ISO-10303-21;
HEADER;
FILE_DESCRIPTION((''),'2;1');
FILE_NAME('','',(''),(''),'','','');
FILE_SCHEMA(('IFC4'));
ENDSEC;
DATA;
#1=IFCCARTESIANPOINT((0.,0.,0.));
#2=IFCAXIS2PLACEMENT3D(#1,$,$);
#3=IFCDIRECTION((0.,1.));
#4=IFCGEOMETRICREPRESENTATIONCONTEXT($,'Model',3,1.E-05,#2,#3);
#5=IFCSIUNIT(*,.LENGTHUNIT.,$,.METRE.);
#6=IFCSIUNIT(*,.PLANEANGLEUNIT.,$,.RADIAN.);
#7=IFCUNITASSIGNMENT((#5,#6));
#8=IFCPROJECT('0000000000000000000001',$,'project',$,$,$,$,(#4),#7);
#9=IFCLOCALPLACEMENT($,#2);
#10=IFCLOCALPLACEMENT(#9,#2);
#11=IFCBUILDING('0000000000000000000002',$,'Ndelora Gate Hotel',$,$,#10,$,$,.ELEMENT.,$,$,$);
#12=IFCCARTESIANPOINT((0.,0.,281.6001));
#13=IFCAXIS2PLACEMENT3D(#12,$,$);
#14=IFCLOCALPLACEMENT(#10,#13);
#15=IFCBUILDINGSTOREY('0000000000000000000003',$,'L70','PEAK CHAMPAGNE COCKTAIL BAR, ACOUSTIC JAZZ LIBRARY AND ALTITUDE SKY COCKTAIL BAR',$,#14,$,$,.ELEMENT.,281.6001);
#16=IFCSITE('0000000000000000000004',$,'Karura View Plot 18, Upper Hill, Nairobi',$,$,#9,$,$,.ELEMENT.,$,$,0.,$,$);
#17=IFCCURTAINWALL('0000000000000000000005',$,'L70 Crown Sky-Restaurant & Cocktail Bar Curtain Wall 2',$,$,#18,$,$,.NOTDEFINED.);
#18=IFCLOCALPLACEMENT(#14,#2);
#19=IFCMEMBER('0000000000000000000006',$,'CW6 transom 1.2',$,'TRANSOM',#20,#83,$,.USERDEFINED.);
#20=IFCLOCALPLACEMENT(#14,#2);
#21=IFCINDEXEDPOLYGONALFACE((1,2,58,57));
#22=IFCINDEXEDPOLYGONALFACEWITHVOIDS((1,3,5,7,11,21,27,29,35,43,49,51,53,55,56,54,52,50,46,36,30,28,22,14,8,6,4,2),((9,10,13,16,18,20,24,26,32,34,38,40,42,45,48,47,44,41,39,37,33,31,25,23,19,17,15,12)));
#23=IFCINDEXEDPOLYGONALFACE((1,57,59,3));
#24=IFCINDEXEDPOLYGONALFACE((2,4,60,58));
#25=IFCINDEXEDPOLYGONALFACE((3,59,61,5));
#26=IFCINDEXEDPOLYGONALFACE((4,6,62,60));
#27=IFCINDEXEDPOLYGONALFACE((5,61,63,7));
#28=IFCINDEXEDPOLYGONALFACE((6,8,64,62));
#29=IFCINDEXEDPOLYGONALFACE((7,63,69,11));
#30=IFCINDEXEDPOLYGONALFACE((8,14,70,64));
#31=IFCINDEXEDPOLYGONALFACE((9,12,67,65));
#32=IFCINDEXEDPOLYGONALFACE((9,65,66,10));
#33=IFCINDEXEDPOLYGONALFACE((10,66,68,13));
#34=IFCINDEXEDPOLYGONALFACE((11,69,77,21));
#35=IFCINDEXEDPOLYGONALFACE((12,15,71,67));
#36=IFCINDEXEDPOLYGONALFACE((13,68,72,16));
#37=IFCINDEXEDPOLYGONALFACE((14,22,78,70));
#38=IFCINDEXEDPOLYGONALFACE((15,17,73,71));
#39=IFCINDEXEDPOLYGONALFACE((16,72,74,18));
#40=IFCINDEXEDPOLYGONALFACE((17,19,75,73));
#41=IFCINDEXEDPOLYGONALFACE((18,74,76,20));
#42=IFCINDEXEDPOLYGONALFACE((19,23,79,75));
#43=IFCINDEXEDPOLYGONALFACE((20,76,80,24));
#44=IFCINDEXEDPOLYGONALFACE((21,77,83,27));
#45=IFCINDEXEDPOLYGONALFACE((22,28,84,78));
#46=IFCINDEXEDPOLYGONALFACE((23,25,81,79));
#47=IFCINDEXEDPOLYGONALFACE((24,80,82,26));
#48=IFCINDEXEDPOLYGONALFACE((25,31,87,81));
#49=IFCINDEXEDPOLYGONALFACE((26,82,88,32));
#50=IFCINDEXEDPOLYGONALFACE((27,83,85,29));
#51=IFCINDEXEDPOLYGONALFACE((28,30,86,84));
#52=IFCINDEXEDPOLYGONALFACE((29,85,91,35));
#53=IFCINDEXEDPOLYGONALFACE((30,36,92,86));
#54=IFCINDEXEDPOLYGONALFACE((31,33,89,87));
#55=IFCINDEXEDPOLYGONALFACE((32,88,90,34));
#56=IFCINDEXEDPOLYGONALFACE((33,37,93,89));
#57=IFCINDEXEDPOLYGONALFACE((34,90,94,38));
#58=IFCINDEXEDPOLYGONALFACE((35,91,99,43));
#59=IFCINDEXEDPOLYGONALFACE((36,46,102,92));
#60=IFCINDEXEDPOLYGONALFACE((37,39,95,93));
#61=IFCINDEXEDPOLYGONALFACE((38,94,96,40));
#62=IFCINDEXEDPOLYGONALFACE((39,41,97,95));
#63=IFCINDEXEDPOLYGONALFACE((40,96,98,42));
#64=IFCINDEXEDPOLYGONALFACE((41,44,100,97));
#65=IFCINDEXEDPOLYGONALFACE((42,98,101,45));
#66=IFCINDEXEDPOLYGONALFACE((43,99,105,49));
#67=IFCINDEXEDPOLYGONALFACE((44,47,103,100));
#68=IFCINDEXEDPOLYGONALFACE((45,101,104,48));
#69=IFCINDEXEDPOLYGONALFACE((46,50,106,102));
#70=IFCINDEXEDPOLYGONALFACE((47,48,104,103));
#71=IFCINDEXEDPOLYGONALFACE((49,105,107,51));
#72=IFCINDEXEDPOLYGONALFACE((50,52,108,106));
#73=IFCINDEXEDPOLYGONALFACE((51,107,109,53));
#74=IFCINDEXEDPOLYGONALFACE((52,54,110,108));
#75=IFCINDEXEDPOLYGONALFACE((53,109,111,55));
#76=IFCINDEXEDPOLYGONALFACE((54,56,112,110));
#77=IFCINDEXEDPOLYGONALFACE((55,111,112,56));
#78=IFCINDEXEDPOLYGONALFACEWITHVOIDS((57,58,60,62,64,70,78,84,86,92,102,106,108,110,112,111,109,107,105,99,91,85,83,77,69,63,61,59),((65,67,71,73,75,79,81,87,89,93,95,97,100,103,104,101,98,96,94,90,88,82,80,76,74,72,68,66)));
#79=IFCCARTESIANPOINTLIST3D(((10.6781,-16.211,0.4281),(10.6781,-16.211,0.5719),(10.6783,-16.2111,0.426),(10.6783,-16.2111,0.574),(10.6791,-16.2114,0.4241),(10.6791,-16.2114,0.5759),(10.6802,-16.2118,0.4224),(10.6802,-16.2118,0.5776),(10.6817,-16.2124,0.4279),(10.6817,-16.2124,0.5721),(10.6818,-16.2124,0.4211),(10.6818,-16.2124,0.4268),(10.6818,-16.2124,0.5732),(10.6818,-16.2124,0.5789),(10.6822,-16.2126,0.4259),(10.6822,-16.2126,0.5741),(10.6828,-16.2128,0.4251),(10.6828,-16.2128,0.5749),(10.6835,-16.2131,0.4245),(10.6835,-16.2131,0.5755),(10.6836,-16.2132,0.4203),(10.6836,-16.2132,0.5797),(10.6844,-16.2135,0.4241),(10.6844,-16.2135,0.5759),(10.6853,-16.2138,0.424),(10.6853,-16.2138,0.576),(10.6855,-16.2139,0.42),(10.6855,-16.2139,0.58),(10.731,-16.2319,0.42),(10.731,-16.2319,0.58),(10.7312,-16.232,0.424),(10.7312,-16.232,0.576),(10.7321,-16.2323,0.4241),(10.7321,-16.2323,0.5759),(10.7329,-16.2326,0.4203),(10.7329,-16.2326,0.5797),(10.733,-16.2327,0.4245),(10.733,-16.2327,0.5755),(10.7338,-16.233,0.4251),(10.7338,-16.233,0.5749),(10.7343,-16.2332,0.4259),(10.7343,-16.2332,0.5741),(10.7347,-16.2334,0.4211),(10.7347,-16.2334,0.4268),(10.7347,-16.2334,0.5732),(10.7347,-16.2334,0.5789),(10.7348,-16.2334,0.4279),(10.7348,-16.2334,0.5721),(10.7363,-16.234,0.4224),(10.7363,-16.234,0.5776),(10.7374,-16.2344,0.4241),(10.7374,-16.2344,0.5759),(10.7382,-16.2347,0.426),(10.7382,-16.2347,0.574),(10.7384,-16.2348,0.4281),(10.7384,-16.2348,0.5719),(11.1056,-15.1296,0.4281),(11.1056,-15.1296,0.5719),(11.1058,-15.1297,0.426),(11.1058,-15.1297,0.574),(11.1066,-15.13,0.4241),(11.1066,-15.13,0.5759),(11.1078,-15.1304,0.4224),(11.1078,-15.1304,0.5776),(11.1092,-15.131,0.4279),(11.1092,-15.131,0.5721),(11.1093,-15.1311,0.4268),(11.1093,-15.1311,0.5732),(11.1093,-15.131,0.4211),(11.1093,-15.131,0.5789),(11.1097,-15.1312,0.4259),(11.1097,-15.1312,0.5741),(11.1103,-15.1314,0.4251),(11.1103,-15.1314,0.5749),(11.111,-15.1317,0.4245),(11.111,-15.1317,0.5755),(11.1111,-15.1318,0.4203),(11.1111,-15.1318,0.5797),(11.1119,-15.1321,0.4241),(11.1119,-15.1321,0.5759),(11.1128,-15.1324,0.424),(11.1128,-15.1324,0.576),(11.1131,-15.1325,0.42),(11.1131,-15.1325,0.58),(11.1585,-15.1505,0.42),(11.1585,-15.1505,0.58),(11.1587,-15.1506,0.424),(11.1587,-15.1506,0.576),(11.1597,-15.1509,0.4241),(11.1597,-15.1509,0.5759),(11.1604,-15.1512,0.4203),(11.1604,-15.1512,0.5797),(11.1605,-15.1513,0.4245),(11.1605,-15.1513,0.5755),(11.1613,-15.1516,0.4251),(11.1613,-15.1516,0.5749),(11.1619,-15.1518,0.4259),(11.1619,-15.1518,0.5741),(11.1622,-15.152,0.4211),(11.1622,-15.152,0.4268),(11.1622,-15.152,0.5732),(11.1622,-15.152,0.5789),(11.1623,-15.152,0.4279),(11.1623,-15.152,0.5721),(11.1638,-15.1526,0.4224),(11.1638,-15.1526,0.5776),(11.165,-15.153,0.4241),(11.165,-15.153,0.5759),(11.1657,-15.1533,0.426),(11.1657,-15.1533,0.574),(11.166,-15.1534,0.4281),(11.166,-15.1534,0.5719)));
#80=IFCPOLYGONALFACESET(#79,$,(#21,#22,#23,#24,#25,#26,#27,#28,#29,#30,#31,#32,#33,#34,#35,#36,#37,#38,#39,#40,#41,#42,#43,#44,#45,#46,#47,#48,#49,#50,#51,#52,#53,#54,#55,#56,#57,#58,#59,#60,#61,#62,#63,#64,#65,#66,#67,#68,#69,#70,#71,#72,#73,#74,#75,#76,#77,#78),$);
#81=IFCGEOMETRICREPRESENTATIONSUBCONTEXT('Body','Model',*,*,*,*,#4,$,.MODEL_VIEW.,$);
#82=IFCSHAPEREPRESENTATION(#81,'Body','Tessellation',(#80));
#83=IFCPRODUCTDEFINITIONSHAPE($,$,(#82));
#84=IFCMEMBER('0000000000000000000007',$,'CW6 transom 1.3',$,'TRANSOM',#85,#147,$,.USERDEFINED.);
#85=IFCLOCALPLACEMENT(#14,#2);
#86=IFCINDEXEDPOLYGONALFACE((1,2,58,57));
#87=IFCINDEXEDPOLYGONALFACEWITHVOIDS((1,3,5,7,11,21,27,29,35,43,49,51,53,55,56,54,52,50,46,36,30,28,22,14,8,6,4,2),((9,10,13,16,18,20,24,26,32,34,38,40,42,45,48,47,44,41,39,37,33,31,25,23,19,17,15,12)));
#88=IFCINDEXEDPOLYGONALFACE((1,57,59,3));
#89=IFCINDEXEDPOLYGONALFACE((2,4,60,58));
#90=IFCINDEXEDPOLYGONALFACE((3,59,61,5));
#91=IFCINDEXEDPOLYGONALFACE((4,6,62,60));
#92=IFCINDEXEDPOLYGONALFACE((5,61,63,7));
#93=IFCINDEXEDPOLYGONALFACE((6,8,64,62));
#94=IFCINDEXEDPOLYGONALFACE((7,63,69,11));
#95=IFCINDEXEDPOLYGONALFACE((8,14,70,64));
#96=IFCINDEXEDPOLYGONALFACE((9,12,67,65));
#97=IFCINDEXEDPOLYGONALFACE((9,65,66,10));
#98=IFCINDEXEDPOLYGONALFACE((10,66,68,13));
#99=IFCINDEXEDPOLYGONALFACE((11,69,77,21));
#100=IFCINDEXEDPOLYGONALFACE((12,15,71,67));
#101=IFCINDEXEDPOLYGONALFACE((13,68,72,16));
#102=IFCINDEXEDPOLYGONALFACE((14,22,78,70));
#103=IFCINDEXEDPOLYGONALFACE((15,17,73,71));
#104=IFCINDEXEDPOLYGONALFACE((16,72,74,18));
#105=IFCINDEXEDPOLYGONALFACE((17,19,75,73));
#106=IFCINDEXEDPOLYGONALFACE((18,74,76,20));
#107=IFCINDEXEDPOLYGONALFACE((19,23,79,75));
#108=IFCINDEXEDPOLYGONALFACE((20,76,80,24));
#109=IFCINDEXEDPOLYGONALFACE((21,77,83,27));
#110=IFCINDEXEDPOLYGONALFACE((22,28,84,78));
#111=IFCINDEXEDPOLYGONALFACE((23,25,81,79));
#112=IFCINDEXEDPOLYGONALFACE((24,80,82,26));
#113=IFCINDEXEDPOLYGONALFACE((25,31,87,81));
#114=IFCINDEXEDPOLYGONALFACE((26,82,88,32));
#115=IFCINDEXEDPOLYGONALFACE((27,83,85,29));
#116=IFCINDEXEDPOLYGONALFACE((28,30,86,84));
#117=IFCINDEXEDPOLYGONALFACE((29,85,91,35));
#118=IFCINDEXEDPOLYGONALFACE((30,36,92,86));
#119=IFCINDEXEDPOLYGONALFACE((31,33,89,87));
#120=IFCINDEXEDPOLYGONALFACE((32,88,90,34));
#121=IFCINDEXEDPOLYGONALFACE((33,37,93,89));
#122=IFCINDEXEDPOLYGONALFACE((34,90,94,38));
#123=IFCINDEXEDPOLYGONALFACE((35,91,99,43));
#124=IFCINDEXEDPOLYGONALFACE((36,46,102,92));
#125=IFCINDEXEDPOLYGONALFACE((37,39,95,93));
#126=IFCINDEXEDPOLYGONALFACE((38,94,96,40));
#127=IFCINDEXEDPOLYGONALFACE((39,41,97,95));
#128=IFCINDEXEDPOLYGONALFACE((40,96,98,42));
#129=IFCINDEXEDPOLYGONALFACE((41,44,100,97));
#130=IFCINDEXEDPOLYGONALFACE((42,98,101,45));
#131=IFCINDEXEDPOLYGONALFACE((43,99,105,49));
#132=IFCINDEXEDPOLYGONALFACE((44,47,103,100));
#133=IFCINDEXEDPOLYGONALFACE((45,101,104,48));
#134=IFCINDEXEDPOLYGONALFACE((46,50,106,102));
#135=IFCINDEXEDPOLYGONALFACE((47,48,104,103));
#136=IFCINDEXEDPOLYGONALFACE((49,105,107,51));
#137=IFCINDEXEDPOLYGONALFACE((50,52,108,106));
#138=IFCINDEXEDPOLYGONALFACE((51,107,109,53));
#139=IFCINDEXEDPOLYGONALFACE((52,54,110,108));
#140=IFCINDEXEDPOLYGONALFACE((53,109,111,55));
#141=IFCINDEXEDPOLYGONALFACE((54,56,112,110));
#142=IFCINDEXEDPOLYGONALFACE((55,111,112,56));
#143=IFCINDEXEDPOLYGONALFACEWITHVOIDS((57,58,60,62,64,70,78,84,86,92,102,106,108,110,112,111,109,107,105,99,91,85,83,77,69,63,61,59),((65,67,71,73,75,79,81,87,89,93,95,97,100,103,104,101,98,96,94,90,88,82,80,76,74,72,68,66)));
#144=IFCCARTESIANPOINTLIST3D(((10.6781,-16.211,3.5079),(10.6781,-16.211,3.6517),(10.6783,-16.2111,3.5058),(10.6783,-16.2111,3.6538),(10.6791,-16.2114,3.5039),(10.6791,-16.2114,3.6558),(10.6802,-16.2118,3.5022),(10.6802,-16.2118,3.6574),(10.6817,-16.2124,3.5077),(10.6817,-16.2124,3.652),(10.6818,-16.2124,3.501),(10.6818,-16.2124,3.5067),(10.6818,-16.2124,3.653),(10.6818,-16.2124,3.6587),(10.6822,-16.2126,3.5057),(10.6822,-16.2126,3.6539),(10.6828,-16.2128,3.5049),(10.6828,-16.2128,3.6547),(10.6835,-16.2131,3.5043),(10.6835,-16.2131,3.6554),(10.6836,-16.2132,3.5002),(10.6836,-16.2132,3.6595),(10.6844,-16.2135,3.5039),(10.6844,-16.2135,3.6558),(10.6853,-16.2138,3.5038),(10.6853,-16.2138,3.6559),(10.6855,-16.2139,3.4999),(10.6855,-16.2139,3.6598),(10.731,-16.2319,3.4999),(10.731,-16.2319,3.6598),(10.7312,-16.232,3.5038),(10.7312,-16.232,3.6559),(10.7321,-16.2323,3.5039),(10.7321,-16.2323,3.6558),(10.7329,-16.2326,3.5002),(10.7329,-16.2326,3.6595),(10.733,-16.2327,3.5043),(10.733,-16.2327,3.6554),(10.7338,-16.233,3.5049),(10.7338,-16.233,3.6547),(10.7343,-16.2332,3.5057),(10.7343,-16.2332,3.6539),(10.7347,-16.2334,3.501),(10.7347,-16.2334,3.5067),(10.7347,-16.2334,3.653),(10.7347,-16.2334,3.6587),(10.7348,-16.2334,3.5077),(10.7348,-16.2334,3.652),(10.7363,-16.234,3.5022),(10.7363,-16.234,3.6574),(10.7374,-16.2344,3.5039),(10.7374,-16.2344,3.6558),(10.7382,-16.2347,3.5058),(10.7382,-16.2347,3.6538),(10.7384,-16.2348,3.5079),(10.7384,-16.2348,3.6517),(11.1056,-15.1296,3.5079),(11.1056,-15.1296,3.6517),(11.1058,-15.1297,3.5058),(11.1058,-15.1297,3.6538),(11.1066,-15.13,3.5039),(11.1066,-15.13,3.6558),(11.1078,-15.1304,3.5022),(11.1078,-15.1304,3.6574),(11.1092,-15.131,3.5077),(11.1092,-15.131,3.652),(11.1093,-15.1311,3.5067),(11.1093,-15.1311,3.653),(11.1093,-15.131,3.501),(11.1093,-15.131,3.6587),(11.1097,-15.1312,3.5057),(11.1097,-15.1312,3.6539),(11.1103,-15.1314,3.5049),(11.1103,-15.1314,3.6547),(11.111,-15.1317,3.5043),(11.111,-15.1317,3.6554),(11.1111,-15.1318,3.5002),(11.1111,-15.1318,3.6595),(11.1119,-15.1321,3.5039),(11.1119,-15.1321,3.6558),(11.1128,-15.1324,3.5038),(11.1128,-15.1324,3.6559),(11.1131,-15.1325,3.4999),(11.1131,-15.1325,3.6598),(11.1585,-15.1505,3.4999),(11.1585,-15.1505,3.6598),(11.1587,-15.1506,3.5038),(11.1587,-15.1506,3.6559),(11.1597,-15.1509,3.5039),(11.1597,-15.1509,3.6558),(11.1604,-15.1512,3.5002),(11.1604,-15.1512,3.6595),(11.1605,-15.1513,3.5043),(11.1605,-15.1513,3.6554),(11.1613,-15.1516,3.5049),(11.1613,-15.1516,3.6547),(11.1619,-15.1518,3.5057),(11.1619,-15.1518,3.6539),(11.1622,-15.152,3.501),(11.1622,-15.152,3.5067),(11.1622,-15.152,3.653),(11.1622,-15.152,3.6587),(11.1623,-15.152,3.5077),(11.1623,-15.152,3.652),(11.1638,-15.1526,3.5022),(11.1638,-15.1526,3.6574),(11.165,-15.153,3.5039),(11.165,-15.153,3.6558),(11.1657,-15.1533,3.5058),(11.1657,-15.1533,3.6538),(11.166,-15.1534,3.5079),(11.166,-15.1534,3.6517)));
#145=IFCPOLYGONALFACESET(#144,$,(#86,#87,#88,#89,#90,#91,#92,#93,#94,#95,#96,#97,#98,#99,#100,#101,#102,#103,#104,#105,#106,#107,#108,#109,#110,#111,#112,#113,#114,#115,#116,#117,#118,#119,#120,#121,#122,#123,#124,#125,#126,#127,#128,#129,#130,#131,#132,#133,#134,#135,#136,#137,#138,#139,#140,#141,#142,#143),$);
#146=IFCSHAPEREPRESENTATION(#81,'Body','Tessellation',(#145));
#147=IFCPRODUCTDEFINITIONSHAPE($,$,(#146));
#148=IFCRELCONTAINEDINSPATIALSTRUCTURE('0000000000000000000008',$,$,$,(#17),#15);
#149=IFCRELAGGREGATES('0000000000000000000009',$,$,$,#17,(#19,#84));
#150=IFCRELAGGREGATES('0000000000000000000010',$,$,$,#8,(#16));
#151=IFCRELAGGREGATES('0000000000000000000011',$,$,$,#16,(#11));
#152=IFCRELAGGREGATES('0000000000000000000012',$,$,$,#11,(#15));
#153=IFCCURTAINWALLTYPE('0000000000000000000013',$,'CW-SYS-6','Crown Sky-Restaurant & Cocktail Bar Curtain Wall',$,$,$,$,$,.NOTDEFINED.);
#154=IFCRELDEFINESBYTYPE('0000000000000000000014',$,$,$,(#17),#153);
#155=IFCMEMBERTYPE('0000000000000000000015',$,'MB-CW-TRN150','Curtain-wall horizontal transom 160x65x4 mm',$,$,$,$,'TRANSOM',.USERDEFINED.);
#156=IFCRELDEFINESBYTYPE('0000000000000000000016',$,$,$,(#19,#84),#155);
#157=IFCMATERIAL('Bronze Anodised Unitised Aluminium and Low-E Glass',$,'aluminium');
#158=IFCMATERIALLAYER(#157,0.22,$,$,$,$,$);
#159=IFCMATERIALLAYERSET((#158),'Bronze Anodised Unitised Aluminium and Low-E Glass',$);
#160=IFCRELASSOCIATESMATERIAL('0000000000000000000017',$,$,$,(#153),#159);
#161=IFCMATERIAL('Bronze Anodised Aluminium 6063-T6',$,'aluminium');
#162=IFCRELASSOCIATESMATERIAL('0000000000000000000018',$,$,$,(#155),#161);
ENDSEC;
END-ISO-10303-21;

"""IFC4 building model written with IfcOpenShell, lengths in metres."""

from ifc_helpers import new_model, si_unit, direction, frame, origin, origin_2d, place, context, subcontext, project, spatial, hollow_rectangle, extrude, material, layer, layer_set, material_profile, profile_set, type_object, element, aggregate, save


model = new_model("IFC4")

# Units and contexts
model_context = context("Model", 3, precision=1e-05, world=origin(), true_north=direction((0.0, 1.0)))
body_context = subcontext(model_context, "Body", "Model", "MODEL_VIEW")
ifc_project = project(units=[si_unit("LENGTHUNIT", "METRE"), si_unit("PLANEANGLEUNIT", "RADIAN")], contexts=[model_context])

# Site, building, storey
site_placement = place(None, origin())
site = spatial("IfcSite", under=ifc_project, at=site_placement, Name="Karura View Plot 18, Upper Hill, Nairobi", CompositionType="ELEMENT", RefElevation=0.0)
building_placement = place(site_placement, origin())
building = spatial("IfcBuilding", under=site, at=building_placement, Name="Ndelora Gate Hotel", CompositionType="ELEMENT")
storey_placement = place(building_placement, frame((0.0, 0.0, 281.6001)))
storey = spatial("IfcBuildingStorey", under=building, at=storey_placement, Name="L70", Description="PEAK CHAMPAGNE COCKTAIL BAR, ACOUSTIC JAZZ LIBRARY AND ALTITUDE SKY COCKTAIL BAR", CompositionType="ELEMENT", Elevation=281.6001)

# Curtain wall, members
ifc_material_1 = material(Name="Bronze Anodised Unitised Aluminium and Low-E Glass", Category="aluminium")
ifc_layer_1 = layer(ifc_material_1, 0.22)
ifc_layer_set_1 = layer_set([ifc_layer_1], Name="Bronze Anodised Unitised Aluminium and Low-E Glass")
curtain_wall_type = type_object("IfcCurtainWallType", Name="CW-SYS-6", Description="Crown Sky-Restaurant & Cocktail Bar Curtain Wall", PredefinedType="NOTDEFINED", material=ifc_layer_set_1)
curtain_wall_placement = place(storey_placement, origin())
curtain_wall = element("IfcCurtainWall", 1, at=curtain_wall_placement, inside=storey, type_object=curtain_wall_type, Name="L70 Crown Sky-Restaurant & Cocktail Bar Curtain Wall 2", PredefinedType="NOTDEFINED")
ifc_material_2 = material(Name="Bronze Anodised Aluminium 6063-T6", Category="aluminium")
ifc_material_profile_1 = material_profile(ifc_material_2, hollow_rectangle(XDim=0.0649, YDim=0.1599, WallThickness=0.0039, InnerFilletRadius=0.0039, OuterFilletRadius=0.0081, at=origin_2d()), Name="ALU 160x65x4")
ifc_profile_set_1 = profile_set([ifc_material_profile_1], Name="Bronze Anodised Aluminium 6063-T6")
member_type_1 = type_object("IfcMemberType", Name="MB-CW-TRN150", Description="Curtain-wall horizontal transom 160x65x4 mm", ElementType="TRANSOM", PredefinedType="USERDEFINED", material=ifc_profile_set_1)
member_1_placement = place(storey_placement, frame((10.7083, -16.2229, 0.5), z_axis=(0.367659, 0.929961, 0.0), x_axis=(-0.929961, 0.367659, 0.0)))
member_1 = element("IfcMember", 2, at=member_1_placement, type_object=member_type_1, Name="CW6 transom 1.2", ObjectType="TRANSOM", PredefinedType="USERDEFINED", context=body_context, shape_type="SweptSolid", body=[
    extrude(hollow_rectangle(XDim=0.0649, YDim=0.1599, WallThickness=0.0039, InnerFilletRadius=0.0039, OuterFilletRadius=0.0081, at=origin_2d()), origin(), (0.0, 0.0, 1.0), 1.1628),
])
member_2_placement = place(storey_placement, frame((10.7083, -16.2229, 3.5798), z_axis=(0.367659, 0.929961, 0.0), x_axis=(-0.929961, 0.367659, 0.0)))
member_2 = element("IfcMember", 3, at=member_2_placement, type_object=member_type_1, Name="CW6 transom 1.3", ObjectType="TRANSOM", PredefinedType="USERDEFINED", context=body_context, shape_type="SweptSolid", body=[
    extrude(hollow_rectangle(XDim=0.0649, YDim=0.1599, WallThickness=0.0039, InnerFilletRadius=0.0039, OuterFilletRadius=0.0081, at=origin_2d()), origin(), (0.0, 0.0, 1.0), 1.1628),
])
aggregate(curtain_wall, [member_1, member_2])

save(model, "model.ifc")
